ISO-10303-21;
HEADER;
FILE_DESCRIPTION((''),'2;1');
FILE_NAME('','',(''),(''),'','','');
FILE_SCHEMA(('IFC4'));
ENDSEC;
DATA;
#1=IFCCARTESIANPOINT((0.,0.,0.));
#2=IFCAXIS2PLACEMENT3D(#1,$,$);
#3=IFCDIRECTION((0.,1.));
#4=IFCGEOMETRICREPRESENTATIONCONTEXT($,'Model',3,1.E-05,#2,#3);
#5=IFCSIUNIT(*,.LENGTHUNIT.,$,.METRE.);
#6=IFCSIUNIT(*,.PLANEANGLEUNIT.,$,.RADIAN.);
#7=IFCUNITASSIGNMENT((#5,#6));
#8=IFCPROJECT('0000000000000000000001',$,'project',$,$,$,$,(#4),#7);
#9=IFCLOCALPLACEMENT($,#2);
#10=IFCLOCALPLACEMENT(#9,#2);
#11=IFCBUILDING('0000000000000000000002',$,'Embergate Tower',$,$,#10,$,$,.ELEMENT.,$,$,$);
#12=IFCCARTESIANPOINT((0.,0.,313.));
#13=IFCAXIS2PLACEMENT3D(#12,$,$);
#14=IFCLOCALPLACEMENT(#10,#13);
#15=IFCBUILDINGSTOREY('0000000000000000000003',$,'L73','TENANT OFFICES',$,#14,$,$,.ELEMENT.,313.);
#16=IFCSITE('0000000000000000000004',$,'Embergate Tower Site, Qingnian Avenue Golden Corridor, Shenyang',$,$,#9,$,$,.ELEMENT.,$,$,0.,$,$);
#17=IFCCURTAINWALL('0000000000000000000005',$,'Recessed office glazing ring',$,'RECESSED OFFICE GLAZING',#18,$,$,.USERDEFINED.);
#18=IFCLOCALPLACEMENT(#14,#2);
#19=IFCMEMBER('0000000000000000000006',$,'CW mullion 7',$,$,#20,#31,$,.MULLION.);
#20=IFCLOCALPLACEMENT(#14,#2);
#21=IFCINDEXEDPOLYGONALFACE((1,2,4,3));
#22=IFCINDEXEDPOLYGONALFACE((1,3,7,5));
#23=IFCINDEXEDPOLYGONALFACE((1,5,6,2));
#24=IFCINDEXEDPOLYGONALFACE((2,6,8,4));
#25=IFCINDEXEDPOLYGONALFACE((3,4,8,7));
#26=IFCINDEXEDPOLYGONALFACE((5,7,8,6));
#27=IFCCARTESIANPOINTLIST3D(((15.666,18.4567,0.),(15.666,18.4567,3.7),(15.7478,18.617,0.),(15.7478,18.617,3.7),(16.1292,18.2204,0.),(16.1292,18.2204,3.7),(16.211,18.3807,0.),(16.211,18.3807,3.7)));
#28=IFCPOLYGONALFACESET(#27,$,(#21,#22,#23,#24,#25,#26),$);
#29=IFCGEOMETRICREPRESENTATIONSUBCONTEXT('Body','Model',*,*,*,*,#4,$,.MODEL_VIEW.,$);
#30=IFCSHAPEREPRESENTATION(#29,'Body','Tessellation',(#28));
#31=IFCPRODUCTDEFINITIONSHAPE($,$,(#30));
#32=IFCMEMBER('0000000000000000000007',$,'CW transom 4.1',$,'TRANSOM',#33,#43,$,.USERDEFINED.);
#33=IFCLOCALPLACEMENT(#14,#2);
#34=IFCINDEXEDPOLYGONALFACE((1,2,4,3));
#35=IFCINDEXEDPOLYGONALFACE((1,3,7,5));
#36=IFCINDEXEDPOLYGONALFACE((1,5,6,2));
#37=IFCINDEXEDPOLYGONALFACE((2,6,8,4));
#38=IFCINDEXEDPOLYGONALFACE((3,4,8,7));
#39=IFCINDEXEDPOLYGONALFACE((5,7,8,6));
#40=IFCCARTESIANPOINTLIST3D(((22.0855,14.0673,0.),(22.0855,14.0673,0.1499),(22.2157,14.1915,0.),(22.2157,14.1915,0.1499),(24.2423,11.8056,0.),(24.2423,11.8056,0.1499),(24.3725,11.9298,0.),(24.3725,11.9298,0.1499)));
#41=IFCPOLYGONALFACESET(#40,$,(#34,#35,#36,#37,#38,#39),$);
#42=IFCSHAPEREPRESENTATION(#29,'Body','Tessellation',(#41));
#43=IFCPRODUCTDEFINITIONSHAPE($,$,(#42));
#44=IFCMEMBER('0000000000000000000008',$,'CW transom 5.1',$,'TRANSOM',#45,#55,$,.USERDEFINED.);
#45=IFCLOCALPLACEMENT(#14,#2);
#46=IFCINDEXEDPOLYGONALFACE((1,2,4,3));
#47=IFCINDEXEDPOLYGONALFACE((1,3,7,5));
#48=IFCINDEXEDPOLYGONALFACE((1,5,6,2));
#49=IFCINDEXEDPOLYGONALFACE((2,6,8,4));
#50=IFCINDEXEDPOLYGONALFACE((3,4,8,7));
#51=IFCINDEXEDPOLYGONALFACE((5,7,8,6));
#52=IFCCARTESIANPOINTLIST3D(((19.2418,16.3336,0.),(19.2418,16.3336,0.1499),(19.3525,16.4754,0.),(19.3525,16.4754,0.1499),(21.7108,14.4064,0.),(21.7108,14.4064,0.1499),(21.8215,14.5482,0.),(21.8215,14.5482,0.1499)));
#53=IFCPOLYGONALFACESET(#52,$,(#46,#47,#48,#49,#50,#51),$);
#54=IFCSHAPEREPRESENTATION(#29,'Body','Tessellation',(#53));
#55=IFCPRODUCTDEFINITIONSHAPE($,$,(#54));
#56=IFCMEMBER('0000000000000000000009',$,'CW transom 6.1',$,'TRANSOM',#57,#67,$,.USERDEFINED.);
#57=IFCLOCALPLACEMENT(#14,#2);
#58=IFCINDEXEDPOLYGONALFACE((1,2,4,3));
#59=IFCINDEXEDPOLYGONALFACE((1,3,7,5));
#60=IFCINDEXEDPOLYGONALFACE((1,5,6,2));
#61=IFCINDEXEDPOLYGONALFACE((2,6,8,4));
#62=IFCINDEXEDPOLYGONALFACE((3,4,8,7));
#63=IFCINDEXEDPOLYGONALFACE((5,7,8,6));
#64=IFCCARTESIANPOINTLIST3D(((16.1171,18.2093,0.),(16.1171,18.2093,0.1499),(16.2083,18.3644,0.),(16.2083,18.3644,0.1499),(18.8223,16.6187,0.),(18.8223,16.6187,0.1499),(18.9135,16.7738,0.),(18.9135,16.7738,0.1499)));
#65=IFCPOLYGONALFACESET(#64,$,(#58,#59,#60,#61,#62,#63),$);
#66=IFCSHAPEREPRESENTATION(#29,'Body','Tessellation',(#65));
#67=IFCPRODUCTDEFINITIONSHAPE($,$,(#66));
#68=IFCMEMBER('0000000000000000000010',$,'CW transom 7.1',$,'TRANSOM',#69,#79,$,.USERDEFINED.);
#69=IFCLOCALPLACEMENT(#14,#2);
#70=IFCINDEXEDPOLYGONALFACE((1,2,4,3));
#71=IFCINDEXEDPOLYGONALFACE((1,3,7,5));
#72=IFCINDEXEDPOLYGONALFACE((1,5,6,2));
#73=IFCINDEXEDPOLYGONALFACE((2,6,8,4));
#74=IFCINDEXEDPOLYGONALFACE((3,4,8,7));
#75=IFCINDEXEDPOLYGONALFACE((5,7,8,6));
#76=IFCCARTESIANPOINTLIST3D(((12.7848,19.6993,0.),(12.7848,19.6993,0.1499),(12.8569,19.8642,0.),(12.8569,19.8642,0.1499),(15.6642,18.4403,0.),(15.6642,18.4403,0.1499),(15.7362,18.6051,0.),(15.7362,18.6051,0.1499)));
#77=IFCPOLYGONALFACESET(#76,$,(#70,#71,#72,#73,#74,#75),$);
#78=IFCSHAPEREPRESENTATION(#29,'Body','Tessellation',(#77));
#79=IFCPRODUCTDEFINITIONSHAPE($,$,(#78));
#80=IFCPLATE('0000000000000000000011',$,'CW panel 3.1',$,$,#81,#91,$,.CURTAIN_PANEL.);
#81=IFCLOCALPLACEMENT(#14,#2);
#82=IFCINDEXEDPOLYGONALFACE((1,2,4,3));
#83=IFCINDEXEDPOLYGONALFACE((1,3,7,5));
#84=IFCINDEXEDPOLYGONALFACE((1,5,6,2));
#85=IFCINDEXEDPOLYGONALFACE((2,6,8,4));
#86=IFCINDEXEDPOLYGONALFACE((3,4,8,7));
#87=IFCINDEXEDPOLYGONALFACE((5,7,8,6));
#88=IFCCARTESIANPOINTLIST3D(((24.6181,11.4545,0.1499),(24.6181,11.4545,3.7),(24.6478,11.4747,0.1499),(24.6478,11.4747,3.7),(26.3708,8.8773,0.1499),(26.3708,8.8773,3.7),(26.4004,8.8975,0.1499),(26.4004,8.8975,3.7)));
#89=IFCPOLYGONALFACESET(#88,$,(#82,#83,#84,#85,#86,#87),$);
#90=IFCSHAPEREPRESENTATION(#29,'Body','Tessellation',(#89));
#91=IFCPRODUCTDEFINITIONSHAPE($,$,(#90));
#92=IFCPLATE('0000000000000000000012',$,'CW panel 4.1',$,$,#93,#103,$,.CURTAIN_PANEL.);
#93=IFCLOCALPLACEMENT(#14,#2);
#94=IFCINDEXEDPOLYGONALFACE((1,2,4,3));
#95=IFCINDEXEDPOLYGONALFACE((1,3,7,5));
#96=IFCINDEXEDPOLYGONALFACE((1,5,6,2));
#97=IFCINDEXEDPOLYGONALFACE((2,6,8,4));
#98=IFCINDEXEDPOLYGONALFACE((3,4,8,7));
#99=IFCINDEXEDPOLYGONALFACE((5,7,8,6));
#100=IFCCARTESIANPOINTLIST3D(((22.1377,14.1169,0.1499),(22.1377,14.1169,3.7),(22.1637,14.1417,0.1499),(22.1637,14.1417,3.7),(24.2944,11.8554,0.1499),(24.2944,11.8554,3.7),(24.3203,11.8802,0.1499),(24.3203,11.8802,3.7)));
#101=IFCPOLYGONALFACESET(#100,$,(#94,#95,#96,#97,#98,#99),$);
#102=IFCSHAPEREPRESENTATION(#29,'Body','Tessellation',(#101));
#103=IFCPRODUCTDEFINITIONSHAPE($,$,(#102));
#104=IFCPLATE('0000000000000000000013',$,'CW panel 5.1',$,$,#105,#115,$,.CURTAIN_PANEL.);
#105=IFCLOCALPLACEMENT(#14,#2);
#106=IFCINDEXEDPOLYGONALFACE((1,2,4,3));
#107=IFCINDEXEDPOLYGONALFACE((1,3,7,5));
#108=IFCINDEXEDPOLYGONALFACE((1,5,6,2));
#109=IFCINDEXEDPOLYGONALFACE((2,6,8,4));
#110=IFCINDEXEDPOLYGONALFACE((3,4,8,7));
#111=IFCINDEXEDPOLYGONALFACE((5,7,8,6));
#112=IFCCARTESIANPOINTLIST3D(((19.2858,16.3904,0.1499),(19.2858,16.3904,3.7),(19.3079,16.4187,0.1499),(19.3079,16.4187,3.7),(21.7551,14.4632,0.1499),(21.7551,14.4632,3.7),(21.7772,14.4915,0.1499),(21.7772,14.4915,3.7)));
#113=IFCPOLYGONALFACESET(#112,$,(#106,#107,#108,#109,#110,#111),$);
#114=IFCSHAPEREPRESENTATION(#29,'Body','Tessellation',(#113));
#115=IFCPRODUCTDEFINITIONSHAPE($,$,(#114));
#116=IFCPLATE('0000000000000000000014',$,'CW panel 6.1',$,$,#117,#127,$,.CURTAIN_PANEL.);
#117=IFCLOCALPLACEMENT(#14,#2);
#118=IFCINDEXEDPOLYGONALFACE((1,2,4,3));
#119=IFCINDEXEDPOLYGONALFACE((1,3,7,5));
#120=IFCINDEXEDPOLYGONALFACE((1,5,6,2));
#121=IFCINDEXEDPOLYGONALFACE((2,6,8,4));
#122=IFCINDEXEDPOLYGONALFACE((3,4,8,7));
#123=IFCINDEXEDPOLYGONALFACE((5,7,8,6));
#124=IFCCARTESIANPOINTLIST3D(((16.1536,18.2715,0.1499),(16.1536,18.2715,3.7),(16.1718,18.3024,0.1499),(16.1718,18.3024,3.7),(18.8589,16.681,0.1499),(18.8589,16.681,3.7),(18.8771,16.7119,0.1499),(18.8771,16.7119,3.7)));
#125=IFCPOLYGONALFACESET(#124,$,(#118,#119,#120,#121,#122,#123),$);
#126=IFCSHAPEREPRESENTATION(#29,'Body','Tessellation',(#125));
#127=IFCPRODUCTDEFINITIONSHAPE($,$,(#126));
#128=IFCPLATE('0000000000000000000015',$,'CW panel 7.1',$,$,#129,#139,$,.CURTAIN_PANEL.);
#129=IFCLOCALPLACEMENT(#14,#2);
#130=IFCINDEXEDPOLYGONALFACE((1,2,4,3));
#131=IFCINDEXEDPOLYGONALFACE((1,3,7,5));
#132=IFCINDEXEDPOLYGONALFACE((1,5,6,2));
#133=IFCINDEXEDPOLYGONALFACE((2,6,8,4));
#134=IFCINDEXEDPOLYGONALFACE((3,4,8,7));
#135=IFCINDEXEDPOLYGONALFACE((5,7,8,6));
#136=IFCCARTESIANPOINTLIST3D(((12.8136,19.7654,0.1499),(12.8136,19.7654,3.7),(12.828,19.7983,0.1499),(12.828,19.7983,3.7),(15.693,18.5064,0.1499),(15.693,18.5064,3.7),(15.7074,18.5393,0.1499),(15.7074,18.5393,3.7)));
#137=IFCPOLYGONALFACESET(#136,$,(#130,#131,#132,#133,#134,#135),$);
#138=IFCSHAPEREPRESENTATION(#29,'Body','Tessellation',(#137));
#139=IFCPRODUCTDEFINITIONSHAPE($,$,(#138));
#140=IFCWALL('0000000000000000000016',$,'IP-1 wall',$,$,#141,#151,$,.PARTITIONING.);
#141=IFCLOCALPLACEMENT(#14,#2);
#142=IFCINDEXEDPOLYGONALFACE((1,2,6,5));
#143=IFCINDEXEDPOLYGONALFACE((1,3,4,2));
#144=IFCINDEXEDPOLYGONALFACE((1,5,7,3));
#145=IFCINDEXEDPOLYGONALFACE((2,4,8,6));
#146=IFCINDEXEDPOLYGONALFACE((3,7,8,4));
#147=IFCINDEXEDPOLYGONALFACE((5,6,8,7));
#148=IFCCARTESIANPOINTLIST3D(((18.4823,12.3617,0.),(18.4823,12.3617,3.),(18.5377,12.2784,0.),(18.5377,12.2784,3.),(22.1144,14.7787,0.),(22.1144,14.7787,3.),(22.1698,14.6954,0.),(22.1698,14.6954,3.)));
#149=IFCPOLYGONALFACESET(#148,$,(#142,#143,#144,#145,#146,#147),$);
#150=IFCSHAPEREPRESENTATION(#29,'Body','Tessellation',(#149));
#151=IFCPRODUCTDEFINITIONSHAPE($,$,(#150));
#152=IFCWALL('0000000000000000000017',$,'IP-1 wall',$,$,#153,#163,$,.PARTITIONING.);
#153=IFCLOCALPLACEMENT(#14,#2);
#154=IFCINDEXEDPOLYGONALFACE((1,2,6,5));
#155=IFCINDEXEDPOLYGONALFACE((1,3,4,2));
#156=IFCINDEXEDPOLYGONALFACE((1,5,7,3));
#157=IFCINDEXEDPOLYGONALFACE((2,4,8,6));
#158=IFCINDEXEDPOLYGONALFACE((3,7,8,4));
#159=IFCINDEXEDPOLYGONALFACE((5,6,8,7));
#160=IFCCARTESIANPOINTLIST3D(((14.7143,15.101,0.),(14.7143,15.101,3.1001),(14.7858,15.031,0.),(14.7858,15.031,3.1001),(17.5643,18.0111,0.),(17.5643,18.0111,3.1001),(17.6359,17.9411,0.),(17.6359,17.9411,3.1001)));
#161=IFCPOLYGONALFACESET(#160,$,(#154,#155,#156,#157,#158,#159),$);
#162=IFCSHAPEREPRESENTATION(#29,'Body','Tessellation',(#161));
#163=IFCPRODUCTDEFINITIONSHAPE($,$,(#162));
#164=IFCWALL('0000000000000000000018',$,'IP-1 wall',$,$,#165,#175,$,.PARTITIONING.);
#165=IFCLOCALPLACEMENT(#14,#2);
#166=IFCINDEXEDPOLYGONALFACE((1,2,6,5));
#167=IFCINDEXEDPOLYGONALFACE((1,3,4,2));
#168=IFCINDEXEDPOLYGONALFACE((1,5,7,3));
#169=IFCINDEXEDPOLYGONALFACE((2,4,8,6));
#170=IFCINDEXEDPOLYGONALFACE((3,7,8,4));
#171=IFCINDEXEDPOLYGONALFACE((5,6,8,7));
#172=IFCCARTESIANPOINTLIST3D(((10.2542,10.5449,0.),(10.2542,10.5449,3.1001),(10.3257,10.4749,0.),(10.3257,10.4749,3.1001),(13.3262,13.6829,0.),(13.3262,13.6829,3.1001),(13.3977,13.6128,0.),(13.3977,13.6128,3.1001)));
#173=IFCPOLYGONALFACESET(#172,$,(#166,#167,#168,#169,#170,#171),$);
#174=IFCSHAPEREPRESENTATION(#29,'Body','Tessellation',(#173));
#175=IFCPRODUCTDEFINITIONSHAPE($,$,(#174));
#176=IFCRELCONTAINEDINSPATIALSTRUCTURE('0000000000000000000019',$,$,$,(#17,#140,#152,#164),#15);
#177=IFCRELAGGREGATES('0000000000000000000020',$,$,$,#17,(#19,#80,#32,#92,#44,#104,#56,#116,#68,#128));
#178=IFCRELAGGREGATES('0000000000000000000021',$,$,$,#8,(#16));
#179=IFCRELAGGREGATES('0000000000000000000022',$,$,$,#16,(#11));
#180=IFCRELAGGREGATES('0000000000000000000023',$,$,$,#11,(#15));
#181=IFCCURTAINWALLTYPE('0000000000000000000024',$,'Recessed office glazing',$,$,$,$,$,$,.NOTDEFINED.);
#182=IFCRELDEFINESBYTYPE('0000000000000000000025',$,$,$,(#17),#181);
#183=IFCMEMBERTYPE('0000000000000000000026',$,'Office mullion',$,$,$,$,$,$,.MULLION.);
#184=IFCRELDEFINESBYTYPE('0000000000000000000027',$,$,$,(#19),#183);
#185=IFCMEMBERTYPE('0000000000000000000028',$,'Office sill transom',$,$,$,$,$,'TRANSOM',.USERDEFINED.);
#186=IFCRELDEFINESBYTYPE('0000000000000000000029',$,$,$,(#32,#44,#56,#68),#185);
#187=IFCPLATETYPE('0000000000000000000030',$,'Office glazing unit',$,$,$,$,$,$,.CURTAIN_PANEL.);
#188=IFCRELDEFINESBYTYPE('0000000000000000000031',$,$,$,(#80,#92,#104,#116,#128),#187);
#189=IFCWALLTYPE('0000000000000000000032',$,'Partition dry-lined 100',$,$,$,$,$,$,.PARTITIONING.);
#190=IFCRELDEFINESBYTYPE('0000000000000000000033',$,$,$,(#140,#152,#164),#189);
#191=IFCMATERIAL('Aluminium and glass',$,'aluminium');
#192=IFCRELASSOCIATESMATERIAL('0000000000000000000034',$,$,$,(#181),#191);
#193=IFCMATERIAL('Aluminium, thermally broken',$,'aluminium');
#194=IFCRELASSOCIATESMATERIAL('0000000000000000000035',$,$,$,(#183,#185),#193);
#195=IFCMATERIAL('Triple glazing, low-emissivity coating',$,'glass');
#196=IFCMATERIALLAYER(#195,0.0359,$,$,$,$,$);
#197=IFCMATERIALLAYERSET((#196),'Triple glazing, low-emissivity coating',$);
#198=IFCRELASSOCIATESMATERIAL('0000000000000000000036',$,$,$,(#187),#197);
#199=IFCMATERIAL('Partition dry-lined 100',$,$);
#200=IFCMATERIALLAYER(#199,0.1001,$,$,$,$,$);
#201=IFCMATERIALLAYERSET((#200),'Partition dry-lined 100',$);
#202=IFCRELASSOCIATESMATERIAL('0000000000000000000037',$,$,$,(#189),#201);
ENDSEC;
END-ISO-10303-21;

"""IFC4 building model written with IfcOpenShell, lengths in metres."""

from ifc_helpers import new_model, si_unit, direction, frame, frame_2d, origin, origin_2d, place, context, subcontext, project, spatial, rectangle, extrude, source, transform, mapped, material, layer, layer_set, material_profile, profile_set, type_object, element, aggregate, save


model = new_model("IFC4")

# Units and contexts
model_context = context("Model", 3, precision=1e-05, world=origin(), true_north=direction((0.0, 1.0)))
body_context = subcontext(model_context, "Body", "Model", "MODEL_VIEW")
ifc_project = project(units=[si_unit("LENGTHUNIT", "METRE"), si_unit("PLANEANGLEUNIT", "RADIAN")], contexts=[model_context])

# Site, building, storey
site_placement = place(None, origin())
site = spatial("IfcSite", under=ifc_project, at=site_placement, Name="Embergate Tower Site, Qingnian Avenue Golden Corridor, Shenyang", CompositionType="ELEMENT", RefElevation=0.0)
building_placement = place(site_placement, origin())
building = spatial("IfcBuilding", under=site, at=building_placement, Name="Embergate Tower", CompositionType="ELEMENT")
storey_placement = place(building_placement, frame((0.0, 0.0, 313.0)))
storey = spatial("IfcBuildingStorey", under=building, at=storey_placement, Name="L73", Description="TENANT OFFICES", CompositionType="ELEMENT", Elevation=313.0)

# Curtain wall, members, plates
ifc_material_1 = material(Name="Aluminium and glass", Category="aluminium")
curtain_wall_type = type_object("IfcCurtainWallType", Name="Recessed office glazing", PredefinedType="NOTDEFINED", material=ifc_material_1)
curtain_wall_placement = place(storey_placement, origin())
curtain_wall = element("IfcCurtainWall", 1, at=curtain_wall_placement, inside=storey, type_object=curtain_wall_type, Name="Recessed office glazing ring", ObjectType="RECESSED OFFICE GLAZING", PredefinedType="USERDEFINED")
ifc_material_2 = material(Name="Aluminium, thermally broken", Category="aluminium")
ifc_material_profile_1 = material_profile(ifc_material_2, rectangle(XDim=0.1799, YDim=0.52, at=origin_2d()), Name="AL 520x180")
ifc_profile_set_1 = profile_set([ifc_material_profile_1], Name="Aluminium, thermally broken")
member_type_1 = type_object("IfcMemberType", Name="Office mullion", PredefinedType="MULLION", material=ifc_profile_set_1)
shared_shape_1 = source(origin(), body_context, "Body", "SweptSolid", [
    extrude(rectangle(XDim=0.1799, YDim=0.52, at=origin_2d()), origin(), (0.0, 0.0, 1.0), 3.7),
])
member_1_placement = place(storey_placement, frame((15.9385, 18.4187, 0.0), z_axis=(0.0, 0.0, 1.0), x_axis=(-0.454507, -0.890743, 0.0)))
member_1 = element("IfcMember", 2, at=member_1_placement, type_object=member_type_1, Name="CW mullion 7", PredefinedType="MULLION", context=body_context, shape_type="MappedRepresentation", body=[
    mapped(shared_shape_1, transform((0.0, 0.0, 0.0))),
])
ifc_material_profile_2 = material_profile(ifc_material_2, rectangle(XDim=0.1799, YDim=0.1499, at=origin_2d()), Name="AL 150x180")
ifc_profile_set_2 = profile_set([ifc_material_profile_2], Name="Aluminium, thermally broken")
member_type_2 = type_object("IfcMemberType", Name="Office sill transom", ElementType="TRANSOM", PredefinedType="USERDEFINED", material=ifc_profile_set_2)
shared_shape_2 = source(origin(), body_context, "Body", "SweptSolid", [
    extrude(rectangle(XDim=0.1799, YDim=0.1499, at=origin_2d()), origin(), (0.0, 0.0, 1.0), 3.1252),
])
member_2_placement = place(storey_placement, frame((24.3074, 11.8677, 0.075), z_axis=(-0.690111, 0.723703, 0.0), x_axis=(-0.723703, -0.690111, 0.0)))
member_2 = element("IfcMember", 3, at=member_2_placement, type_object=member_type_2, Name="CW transom 4.1", ObjectType="TRANSOM", PredefinedType="USERDEFINED", context=body_context, shape_type="MappedRepresentation", body=[
    mapped(shared_shape_2, transform((0.0, 0.0, 0.0))),
])
shared_shape_3 = source(origin(), body_context, "Body", "SweptSolid", [
    extrude(rectangle(XDim=0.1799, YDim=0.1499, at=origin_2d()), origin(), (0.0, 0.0, 1.0), 3.1321),
])
member_3_placement = place(storey_placement, frame((21.7661, 14.4773, 0.075), z_axis=(-0.788281, 0.615316, 0.0), x_axis=(-0.615316, -0.788281, 0.0)))
member_3 = element("IfcMember", 4, at=member_3_placement, type_object=member_type_2, Name="CW transom 5.1", ObjectType="TRANSOM", PredefinedType="USERDEFINED", context=body_context, shape_type="MappedRepresentation", body=[
    mapped(shared_shape_3, transform((0.0, 0.0, 0.0))),
])
shared_shape_4 = source(origin(), body_context, "Body", "SweptSolid", [
    extrude(rectangle(XDim=0.1799, YDim=0.1499, at=origin_2d()), origin(), (0.0, 0.0, 1.0), 3.1382),
])
member_4_placement = place(storey_placement, frame((18.8679, 16.6963, 0.075), z_axis=(-0.862044, 0.506833, 0.0), x_axis=(-0.506833, -0.862044, 0.0)))
member_4 = element("IfcMember", 5, at=member_4_placement, type_object=member_type_2, Name="CW transom 6.1", ObjectType="TRANSOM", PredefinedType="USERDEFINED", context=body_context, shape_type="MappedRepresentation", body=[
    mapped(shared_shape_4, transform((0.0, 0.0, 0.0))),
])
shared_shape_5 = source(origin(), body_context, "Body", "SweptSolid", [
    extrude(rectangle(XDim=0.1799, YDim=0.1499, at=origin_2d()), origin(), (0.0, 0.0, 1.0), 3.1426),
])
member_5_placement = place(storey_placement, frame((15.7002, 18.5227, 0.075), z_axis=(-0.916239, 0.400631, 0.0), x_axis=(-0.400631, -0.916239, 0.0)))
member_5 = element("IfcMember", 6, at=member_5_placement, type_object=member_type_2, Name="CW transom 7.1", ObjectType="TRANSOM", PredefinedType="USERDEFINED", context=body_context, shape_type="MappedRepresentation", body=[
    mapped(shared_shape_5, transform((0.0, 0.0, 0.0))),
])
ifc_material_3 = material(Name="Triple glazing, low-emissivity coating", Category="glass")
ifc_layer_1 = layer(ifc_material_3, 0.0359)
ifc_layer_set_1 = layer_set([ifc_layer_1], Name="Triple glazing, low-emissivity coating")
plate_type = type_object("IfcPlateType", Name="Office glazing unit", PredefinedType="CURTAIN_PANEL", material=ifc_layer_set_1)
shared_shape_6 = source(origin(), body_context, "Body", "SweptSolid", [
    extrude(rectangle(XDim=3.1167, YDim=0.0359, at=origin_2d()), origin(), (0.0, 0.0, 1.0), 3.55),
])
plate_1_placement = place(storey_placement, frame((25.5093, 10.176, 0.1499), z_axis=(0.0, 0.0, 1.0), x_axis=(-0.562343, 0.826904, 0.0)))
plate_1 = element("IfcPlate", 7, at=plate_1_placement, type_object=plate_type, Name="CW panel 3.1", PredefinedType="CURTAIN_PANEL", context=body_context, shape_type="MappedRepresentation", body=[
    mapped(shared_shape_6, transform((0.0, 0.0, 0.0))),
])
shared_shape_7 = source(origin(), body_context, "Body", "SweptSolid", [
    extrude(rectangle(XDim=3.125, YDim=0.0359, at=origin_2d()), origin(), (0.0, 0.0, 1.0), 3.55),
])
plate_2_placement = place(storey_placement, frame((23.229, 12.9985, 0.1499), z_axis=(0.0, 0.0, 1.0), x_axis=(-0.690134, 0.723682, 0.0)))
plate_2 = element("IfcPlate", 8, at=plate_2_placement, type_object=plate_type, Name="CW panel 4.1", PredefinedType="CURTAIN_PANEL", context=body_context, shape_type="MappedRepresentation", body=[
    mapped(shared_shape_7, transform((0.0, 0.0, 0.0))),
])
shared_shape_8 = source(origin(), body_context, "Body", "SweptSolid", [
    extrude(rectangle(XDim=3.1323, YDim=0.0359, at=origin_2d()), origin(), (0.0, 0.0, 1.0), 3.55),
])
plate_3_placement = place(storey_placement, frame((20.5315, 15.4409, 0.1499), z_axis=(0.0, 0.0, 1.0), x_axis=(-0.788319, 0.615267, 0.0)))
plate_3 = element("IfcPlate", 9, at=plate_3_placement, type_object=plate_type, Name="CW panel 5.1", PredefinedType="CURTAIN_PANEL", context=body_context, shape_type="MappedRepresentation", body=[
    mapped(shared_shape_8, transform((0.0, 0.0, 0.0))),
])
shared_shape_9 = source(origin(), body_context, "Body", "SweptSolid", [
    extrude(rectangle(XDim=3.1382, YDim=0.0359, at=origin_2d()), origin(), (0.0, 0.0, 1.0), 3.55),
])
plate_4_placement = place(storey_placement, frame((17.5154, 17.4917, 0.1499), z_axis=(0.0, 0.0, 1.0), x_axis=(-0.862051, 0.506821, 0.0)))
plate_4 = element("IfcPlate", 10, at=plate_4_placement, type_object=plate_type, Name="CW panel 6.1", PredefinedType="CURTAIN_PANEL", context=body_context, shape_type="MappedRepresentation", body=[
    mapped(shared_shape_9, transform((0.0, 0.0, 0.0))),
])
shared_shape_10 = source(origin(), body_context, "Body", "SweptSolid", [
    extrude(rectangle(XDim=3.1426, YDim=0.0359, at=origin_2d()), origin(), (0.0, 0.0, 1.0), 3.55),
])
plate_5_placement = place(storey_placement, frame((14.2605, 19.1523, 0.1499), z_axis=(0.0, 0.0, 1.0), x_axis=(-0.916235, 0.400642, 0.0)))
plate_5 = element("IfcPlate", 11, at=plate_5_placement, type_object=plate_type, Name="CW panel 7.1", PredefinedType="CURTAIN_PANEL", context=body_context, shape_type="MappedRepresentation", body=[
    mapped(shared_shape_10, transform((0.0, 0.0, 0.0))),
])
aggregate(curtain_wall, [member_1, plate_1, member_2, plate_2, member_3, plate_3, member_4, plate_4, member_5, plate_5])

# Walls
ifc_material_4 = material(Name="Partition dry-lined 100")
ifc_layer_2 = layer(ifc_material_4, 0.1001)
ifc_layer_set_2 = layer_set([ifc_layer_2], Name="Partition dry-lined 100")
wall_type = type_object("IfcWallType", Name="Partition dry-lined 100", PredefinedType="PARTITIONING", material=ifc_layer_set_2)
shared_shape_11 = source(origin(), body_context, "Body", "SweptSolid", [
    extrude(rectangle(XDim=4.3628, YDim=0.1001, at=frame_2d((2.1814, 0.0))), origin(), (0.0, 0.0, 1.0), 3.0),
])
wall_1_placement = place(storey_placement, frame((18.51, 12.3201, 0.0), z_axis=(0.0, 0.0, 1.0), x_axis=(0.832515, 0.554003, 0.0)))
element("IfcWall", 12, at=wall_1_placement, inside=storey, type_object=wall_type, Name="IP-1 wall", PredefinedType="PARTITIONING", context=body_context, shape_type="MappedRepresentation", body=[
    mapped(shared_shape_11, transform((0.0, 0.0, 0.0))),
])
shared_shape_12 = source(origin(), body_context, "Body", "SweptSolid", [
    extrude(rectangle(XDim=4.0732, YDim=0.1001, at=frame_2d((2.0366, 0.0))), origin(), (0.0, 0.0, 1.0), 3.1001),
])
wall_2_placement = place(storey_placement, frame((17.6001, 17.9761, 0.0), z_axis=(0.0, 0.0, 1.0), x_axis=(-0.699696, -0.714441, 0.0)))
element("IfcWall", 13, at=wall_2_placement, inside=storey, type_object=wall_type, Name="IP-1 wall", PredefinedType="PARTITIONING", context=body_context, shape_type="MappedRepresentation", body=[
    mapped(shared_shape_12, transform((0.0, 0.0, 0.0))),
])
shared_shape_13 = source(origin(), body_context, "Body", "SweptSolid", [
    extrude(rectangle(XDim=4.3914, YDim=0.1001, at=frame_2d((2.1958, 0.0))), origin(), (0.0, 0.0, 1.0), 3.1001),
])
wall_3_placement = place(storey_placement, frame((13.3621, 13.6479, 0.0), z_axis=(0.0, 0.0, 1.0), x_axis=(-0.699562, -0.714572, 0.0)))
element("IfcWall", 14, at=wall_3_placement, inside=storey, type_object=wall_type, Name="IP-1 wall", PredefinedType="PARTITIONING", context=body_context, shape_type="MappedRepresentation", body=[
    mapped(shared_shape_13, transform((0.0, 0.0, 0.0))),
])

save(model, "model.ifc")
